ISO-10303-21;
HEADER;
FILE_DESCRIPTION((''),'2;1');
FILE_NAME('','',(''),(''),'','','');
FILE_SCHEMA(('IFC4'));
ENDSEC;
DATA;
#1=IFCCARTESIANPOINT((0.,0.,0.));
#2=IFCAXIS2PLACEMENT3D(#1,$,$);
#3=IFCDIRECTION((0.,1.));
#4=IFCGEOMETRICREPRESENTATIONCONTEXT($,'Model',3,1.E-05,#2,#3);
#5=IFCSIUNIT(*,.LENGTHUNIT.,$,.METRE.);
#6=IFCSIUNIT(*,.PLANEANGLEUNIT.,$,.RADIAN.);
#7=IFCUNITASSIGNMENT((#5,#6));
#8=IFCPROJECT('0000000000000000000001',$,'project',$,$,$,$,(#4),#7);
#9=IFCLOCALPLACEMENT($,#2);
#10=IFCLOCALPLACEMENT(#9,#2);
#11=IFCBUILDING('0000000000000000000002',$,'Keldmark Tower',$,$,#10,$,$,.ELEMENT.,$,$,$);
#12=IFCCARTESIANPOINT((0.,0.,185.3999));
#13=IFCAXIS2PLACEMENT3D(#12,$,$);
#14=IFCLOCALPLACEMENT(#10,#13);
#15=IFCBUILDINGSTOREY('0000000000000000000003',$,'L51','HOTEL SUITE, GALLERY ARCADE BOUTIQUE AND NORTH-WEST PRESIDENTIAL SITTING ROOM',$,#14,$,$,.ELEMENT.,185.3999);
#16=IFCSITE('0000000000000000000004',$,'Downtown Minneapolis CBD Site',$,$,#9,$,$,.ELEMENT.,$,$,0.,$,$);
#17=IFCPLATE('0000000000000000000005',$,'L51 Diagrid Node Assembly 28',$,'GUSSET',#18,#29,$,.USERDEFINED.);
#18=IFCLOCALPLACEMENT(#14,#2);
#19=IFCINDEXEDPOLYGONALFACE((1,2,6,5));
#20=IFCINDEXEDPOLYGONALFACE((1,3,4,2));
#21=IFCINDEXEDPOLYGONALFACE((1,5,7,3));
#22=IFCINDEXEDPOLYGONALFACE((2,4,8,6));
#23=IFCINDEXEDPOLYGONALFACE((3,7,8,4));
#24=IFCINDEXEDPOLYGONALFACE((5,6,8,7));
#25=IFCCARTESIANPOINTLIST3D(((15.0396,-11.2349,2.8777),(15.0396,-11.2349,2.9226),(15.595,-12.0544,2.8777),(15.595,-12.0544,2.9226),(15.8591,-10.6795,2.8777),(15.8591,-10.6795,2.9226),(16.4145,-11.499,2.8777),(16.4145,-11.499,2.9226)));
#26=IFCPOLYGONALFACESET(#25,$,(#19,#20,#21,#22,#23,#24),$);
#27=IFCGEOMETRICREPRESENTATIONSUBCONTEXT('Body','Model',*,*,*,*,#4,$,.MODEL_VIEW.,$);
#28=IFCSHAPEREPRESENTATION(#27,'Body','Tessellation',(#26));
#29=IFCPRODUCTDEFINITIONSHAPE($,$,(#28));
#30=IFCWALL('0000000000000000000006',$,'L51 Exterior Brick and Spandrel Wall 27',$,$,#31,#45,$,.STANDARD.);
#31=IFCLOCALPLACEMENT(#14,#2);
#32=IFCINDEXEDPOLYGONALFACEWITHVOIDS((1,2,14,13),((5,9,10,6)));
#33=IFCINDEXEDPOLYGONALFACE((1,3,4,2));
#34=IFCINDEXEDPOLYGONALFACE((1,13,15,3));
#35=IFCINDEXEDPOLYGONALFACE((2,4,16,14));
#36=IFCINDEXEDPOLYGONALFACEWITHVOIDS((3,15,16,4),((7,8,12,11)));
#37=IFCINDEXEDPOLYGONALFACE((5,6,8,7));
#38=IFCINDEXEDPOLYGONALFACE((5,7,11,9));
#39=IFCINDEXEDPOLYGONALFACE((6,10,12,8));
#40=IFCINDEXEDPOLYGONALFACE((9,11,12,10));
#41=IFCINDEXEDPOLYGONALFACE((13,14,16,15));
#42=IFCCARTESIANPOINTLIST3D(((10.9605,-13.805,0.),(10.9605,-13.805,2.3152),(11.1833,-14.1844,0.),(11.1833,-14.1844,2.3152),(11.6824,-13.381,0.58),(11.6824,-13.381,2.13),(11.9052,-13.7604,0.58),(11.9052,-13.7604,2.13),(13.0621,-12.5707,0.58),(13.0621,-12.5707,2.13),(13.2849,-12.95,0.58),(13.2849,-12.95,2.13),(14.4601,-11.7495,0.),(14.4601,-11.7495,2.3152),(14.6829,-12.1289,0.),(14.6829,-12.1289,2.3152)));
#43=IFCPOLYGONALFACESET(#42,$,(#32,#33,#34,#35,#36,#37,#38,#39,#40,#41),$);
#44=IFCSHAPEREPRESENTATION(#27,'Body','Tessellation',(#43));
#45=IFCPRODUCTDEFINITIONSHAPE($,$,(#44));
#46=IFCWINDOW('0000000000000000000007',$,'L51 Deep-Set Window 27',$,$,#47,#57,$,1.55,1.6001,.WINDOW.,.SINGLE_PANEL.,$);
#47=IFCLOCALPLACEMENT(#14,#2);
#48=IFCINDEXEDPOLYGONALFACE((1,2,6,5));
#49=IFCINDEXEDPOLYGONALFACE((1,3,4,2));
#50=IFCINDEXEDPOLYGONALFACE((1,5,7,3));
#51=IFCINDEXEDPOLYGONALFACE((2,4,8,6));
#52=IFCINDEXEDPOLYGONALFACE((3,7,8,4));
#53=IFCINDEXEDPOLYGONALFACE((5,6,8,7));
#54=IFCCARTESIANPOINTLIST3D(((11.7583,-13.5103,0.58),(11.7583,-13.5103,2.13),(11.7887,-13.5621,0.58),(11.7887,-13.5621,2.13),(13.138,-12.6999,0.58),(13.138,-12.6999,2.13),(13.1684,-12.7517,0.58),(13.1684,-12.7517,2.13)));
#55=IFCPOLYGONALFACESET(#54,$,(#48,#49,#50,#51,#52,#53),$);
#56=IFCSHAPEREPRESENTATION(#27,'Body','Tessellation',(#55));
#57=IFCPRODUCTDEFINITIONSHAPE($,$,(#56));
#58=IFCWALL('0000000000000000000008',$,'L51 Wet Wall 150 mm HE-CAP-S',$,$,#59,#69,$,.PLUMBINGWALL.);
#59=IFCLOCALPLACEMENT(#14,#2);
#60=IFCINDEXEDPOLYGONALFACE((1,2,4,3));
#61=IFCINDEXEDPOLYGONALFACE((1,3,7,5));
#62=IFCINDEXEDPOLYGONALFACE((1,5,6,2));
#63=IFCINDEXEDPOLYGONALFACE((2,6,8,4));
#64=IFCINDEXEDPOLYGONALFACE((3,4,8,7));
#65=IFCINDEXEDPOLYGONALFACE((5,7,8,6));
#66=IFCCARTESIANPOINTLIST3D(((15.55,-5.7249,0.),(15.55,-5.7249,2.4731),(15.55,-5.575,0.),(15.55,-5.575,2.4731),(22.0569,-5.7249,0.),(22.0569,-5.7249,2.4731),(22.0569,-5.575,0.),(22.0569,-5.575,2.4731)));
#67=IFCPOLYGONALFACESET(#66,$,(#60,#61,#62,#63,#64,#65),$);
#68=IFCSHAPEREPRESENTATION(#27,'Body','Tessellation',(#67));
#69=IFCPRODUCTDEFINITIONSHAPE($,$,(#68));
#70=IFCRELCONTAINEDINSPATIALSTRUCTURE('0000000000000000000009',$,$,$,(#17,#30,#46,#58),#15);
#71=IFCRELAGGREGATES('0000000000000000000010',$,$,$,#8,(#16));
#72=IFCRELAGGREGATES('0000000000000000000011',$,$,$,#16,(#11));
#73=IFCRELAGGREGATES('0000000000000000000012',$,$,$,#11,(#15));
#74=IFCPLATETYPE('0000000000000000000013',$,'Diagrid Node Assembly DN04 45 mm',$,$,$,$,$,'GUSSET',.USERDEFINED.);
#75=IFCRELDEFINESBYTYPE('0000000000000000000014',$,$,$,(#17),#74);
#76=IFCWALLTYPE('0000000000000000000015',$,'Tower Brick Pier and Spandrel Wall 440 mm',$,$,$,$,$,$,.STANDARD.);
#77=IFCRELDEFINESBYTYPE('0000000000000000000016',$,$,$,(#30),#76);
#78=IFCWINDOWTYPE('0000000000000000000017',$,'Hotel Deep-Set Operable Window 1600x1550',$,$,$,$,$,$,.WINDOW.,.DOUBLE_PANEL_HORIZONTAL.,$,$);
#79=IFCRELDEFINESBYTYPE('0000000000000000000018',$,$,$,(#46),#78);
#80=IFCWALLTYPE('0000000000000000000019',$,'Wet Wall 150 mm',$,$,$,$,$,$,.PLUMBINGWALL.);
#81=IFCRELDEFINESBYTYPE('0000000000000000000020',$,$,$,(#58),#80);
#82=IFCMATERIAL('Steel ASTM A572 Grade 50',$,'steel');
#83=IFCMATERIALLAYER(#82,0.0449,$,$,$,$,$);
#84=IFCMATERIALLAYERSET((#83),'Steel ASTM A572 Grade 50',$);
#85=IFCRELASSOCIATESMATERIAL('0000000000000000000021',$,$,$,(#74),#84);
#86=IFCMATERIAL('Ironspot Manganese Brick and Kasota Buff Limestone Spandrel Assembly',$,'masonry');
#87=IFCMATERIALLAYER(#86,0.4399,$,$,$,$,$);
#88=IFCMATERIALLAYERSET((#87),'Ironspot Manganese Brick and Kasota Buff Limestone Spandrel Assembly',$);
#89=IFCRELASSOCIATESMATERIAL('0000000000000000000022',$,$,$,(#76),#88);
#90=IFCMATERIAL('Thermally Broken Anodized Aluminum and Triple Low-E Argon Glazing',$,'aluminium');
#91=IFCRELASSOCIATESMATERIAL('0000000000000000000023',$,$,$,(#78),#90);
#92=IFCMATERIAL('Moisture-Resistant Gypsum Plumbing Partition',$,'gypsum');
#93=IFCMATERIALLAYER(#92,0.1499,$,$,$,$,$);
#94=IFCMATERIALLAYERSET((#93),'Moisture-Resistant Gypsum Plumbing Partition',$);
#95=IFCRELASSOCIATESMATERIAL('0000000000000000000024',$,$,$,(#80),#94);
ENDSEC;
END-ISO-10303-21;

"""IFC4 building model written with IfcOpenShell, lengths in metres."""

from ifc_helpers import new_model, si_unit, direction, frame, frame_2d, origin, origin_2d, place, context, subcontext, project, spatial, rectangle, extrude, material, layer, layer_set, type_object, element, fill, save


model = new_model("IFC4")

# Units and contexts
model_context = context("Model", 3, precision=1e-05, world=origin(), true_north=direction((0.0, 1.0)))
body_context = subcontext(model_context, "Body", "Model", "MODEL_VIEW")
ifc_project = project(units=[si_unit("LENGTHUNIT", "METRE"), si_unit("PLANEANGLEUNIT", "RADIAN")], contexts=[model_context])

# Site, building, storey
site_placement = place(None, origin())
site = spatial("IfcSite", under=ifc_project, at=site_placement, Name="Downtown Minneapolis CBD Site", CompositionType="ELEMENT", RefElevation=0.0)
building_placement = place(site_placement, origin())
building = spatial("IfcBuilding", under=site, at=building_placement, Name="Keldmark Tower", CompositionType="ELEMENT")
storey_placement = place(building_placement, frame((0.0, 0.0, 185.3999)))
storey = spatial("IfcBuildingStorey", under=building, at=storey_placement, Name="L51", Description="HOTEL SUITE, GALLERY ARCADE BOUTIQUE AND NORTH-WEST PRESIDENTIAL SITTING ROOM", CompositionType="ELEMENT", Elevation=185.3999)

# Plate
ifc_material_1 = material(Name="Steel ASTM A572 Grade 50", Category="steel")
ifc_layer_1 = layer(ifc_material_1, 0.0449)
ifc_layer_set_1 = layer_set([ifc_layer_1], Name="Steel ASTM A572 Grade 50")
plate_type = type_object("IfcPlateType", Name="Diagrid Node Assembly DN04 45 mm", ElementType="GUSSET", PredefinedType="USERDEFINED", material=ifc_layer_set_1)
for number, where, z_axis, x_axis, name in (
    (1, (15.7271, -11.3669, 2.8777), (0.0, 0.0, 1.0), (0.827767, 0.561072, 0.0), "L51 Diagrid Node Assembly 28"),
):
    element("IfcPlate", number, at=place(storey_placement, frame(where, z_axis=z_axis, x_axis=x_axis)), inside=storey, type_object=plate_type, Name=name, ObjectType="GUSSET", PredefinedType="USERDEFINED", context=body_context, shape_type="SweptSolid", body=[
        extrude(rectangle(XDim=0.99, YDim=0.99, at=origin_2d()), origin(), (0.0, 0.0, 1.0), 0.0449),
    ])

# Wall, opening, window
ifc_material_2 = material(Name="Ironspot Manganese Brick and Kasota Buff Limestone Spandrel Assembly", Category="masonry")
ifc_layer_2 = layer(ifc_material_2, 0.4399)
ifc_layer_set_2 = layer_set([ifc_layer_2], Name="Ironspot Manganese Brick and Kasota Buff Limestone Spandrel Assembly")
wall_type_1 = type_object("IfcWallType", Name="Tower Brick Pier and Spandrel Wall 440 mm", PredefinedType="STANDARD", material=ifc_layer_set_2)
wall_1_placement = place(storey_placement, frame((14.5715, -11.9392, 0.0), z_axis=(0.0, 0.0, 1.0), x_axis=(-0.86227, -0.50645, 0.0)))
wall_1 = element("IfcWall", 2, at=wall_1_placement, inside=storey, type_object=wall_type_1, Name="L51 Exterior Brick and Spandrel Wall 27", PredefinedType="STANDARD", context=body_context, shape_type="SweptSolid", body=[
    extrude(rectangle(XDim=4.0586, YDim=0.4399, at=frame_2d((2.0293, 0.0))), origin(), (0.0, 0.0, 1.0), 2.3152),
])
opening_1_placement = place(wall_1_placement, frame((1.6213, 0.0, 0.5801)))
opening_1 = element("IfcOpeningElement", 3, at=opening_1_placement, cuts=wall_1, PredefinedType="OPENING", context=body_context, shape_type="SweptSolid", body=[
    extrude(rectangle(XDim=1.6001, YDim=1.55, at=frame_2d((0.8, 0.7749))), frame((0.0, 0.23, 0.0), z_axis=(0.0, -1.0, 0.0), x_axis=(1.0, 0.0, 0.0)), (0.0, 0.0, 1.0), 0.46),
])
ifc_material_3 = material(Name="Thermally Broken Anodized Aluminum and Triple Low-E Argon Glazing", Category="aluminium")
window_type = type_object("IfcWindowType", Name="Hotel Deep-Set Operable Window 1600x1550", PartitioningType="DOUBLE_PANEL_HORIZONTAL", PredefinedType="WINDOW", material=ifc_material_3)
window_placement = place(opening_1_placement, origin())
window = element("IfcWindow", 4, at=window_placement, inside=storey, type_object=window_type, Name="L51 Deep-Set Window 27", OverallHeight=1.55, OverallWidth=1.6001, PartitioningType="SINGLE_PANEL", PredefinedType="WINDOW", context=body_context, shape_type="SweptSolid", body=[
    extrude(rectangle(XDim=1.6001, YDim=1.55, at=frame_2d((0.8, 0.7749))), frame((0.0, -0.01, 0.0), z_axis=(0.0, -1.0, 0.0), x_axis=(1.0, 0.0, 0.0)), (0.0, 0.0, 1.0), 0.0601),
])
fill(opening_1, window)

# Wall
ifc_material_4 = material(Name="Moisture-Resistant Gypsum Plumbing Partition", Category="gypsum")
ifc_layer_3 = layer(ifc_material_4, 0.1499)
ifc_layer_set_3 = layer_set([ifc_layer_3], Name="Moisture-Resistant Gypsum Plumbing Partition")
wall_type_2 = type_object("IfcWallType", Name="Wet Wall 150 mm", PredefinedType="PLUMBINGWALL", material=ifc_layer_set_3)
wall_2_placement = place(storey_placement, frame((15.55, -5.6499, 0.0), z_axis=(0.0, 0.0, 1.0), x_axis=(1.0, 0.0, 0.0)))
element("IfcWall", 5, at=wall_2_placement, inside=storey, type_object=wall_type_2, Name="L51 Wet Wall 150 mm HE-CAP-S", PredefinedType="PLUMBINGWALL", context=body_context, shape_type="SweptSolid", body=[
    extrude(rectangle(XDim=6.5068, YDim=0.1499, at=frame_2d((3.2534, 0.0))), origin(), (0.0, 0.0, 1.0), 2.4731),
])

save(model, "model.ifc")
